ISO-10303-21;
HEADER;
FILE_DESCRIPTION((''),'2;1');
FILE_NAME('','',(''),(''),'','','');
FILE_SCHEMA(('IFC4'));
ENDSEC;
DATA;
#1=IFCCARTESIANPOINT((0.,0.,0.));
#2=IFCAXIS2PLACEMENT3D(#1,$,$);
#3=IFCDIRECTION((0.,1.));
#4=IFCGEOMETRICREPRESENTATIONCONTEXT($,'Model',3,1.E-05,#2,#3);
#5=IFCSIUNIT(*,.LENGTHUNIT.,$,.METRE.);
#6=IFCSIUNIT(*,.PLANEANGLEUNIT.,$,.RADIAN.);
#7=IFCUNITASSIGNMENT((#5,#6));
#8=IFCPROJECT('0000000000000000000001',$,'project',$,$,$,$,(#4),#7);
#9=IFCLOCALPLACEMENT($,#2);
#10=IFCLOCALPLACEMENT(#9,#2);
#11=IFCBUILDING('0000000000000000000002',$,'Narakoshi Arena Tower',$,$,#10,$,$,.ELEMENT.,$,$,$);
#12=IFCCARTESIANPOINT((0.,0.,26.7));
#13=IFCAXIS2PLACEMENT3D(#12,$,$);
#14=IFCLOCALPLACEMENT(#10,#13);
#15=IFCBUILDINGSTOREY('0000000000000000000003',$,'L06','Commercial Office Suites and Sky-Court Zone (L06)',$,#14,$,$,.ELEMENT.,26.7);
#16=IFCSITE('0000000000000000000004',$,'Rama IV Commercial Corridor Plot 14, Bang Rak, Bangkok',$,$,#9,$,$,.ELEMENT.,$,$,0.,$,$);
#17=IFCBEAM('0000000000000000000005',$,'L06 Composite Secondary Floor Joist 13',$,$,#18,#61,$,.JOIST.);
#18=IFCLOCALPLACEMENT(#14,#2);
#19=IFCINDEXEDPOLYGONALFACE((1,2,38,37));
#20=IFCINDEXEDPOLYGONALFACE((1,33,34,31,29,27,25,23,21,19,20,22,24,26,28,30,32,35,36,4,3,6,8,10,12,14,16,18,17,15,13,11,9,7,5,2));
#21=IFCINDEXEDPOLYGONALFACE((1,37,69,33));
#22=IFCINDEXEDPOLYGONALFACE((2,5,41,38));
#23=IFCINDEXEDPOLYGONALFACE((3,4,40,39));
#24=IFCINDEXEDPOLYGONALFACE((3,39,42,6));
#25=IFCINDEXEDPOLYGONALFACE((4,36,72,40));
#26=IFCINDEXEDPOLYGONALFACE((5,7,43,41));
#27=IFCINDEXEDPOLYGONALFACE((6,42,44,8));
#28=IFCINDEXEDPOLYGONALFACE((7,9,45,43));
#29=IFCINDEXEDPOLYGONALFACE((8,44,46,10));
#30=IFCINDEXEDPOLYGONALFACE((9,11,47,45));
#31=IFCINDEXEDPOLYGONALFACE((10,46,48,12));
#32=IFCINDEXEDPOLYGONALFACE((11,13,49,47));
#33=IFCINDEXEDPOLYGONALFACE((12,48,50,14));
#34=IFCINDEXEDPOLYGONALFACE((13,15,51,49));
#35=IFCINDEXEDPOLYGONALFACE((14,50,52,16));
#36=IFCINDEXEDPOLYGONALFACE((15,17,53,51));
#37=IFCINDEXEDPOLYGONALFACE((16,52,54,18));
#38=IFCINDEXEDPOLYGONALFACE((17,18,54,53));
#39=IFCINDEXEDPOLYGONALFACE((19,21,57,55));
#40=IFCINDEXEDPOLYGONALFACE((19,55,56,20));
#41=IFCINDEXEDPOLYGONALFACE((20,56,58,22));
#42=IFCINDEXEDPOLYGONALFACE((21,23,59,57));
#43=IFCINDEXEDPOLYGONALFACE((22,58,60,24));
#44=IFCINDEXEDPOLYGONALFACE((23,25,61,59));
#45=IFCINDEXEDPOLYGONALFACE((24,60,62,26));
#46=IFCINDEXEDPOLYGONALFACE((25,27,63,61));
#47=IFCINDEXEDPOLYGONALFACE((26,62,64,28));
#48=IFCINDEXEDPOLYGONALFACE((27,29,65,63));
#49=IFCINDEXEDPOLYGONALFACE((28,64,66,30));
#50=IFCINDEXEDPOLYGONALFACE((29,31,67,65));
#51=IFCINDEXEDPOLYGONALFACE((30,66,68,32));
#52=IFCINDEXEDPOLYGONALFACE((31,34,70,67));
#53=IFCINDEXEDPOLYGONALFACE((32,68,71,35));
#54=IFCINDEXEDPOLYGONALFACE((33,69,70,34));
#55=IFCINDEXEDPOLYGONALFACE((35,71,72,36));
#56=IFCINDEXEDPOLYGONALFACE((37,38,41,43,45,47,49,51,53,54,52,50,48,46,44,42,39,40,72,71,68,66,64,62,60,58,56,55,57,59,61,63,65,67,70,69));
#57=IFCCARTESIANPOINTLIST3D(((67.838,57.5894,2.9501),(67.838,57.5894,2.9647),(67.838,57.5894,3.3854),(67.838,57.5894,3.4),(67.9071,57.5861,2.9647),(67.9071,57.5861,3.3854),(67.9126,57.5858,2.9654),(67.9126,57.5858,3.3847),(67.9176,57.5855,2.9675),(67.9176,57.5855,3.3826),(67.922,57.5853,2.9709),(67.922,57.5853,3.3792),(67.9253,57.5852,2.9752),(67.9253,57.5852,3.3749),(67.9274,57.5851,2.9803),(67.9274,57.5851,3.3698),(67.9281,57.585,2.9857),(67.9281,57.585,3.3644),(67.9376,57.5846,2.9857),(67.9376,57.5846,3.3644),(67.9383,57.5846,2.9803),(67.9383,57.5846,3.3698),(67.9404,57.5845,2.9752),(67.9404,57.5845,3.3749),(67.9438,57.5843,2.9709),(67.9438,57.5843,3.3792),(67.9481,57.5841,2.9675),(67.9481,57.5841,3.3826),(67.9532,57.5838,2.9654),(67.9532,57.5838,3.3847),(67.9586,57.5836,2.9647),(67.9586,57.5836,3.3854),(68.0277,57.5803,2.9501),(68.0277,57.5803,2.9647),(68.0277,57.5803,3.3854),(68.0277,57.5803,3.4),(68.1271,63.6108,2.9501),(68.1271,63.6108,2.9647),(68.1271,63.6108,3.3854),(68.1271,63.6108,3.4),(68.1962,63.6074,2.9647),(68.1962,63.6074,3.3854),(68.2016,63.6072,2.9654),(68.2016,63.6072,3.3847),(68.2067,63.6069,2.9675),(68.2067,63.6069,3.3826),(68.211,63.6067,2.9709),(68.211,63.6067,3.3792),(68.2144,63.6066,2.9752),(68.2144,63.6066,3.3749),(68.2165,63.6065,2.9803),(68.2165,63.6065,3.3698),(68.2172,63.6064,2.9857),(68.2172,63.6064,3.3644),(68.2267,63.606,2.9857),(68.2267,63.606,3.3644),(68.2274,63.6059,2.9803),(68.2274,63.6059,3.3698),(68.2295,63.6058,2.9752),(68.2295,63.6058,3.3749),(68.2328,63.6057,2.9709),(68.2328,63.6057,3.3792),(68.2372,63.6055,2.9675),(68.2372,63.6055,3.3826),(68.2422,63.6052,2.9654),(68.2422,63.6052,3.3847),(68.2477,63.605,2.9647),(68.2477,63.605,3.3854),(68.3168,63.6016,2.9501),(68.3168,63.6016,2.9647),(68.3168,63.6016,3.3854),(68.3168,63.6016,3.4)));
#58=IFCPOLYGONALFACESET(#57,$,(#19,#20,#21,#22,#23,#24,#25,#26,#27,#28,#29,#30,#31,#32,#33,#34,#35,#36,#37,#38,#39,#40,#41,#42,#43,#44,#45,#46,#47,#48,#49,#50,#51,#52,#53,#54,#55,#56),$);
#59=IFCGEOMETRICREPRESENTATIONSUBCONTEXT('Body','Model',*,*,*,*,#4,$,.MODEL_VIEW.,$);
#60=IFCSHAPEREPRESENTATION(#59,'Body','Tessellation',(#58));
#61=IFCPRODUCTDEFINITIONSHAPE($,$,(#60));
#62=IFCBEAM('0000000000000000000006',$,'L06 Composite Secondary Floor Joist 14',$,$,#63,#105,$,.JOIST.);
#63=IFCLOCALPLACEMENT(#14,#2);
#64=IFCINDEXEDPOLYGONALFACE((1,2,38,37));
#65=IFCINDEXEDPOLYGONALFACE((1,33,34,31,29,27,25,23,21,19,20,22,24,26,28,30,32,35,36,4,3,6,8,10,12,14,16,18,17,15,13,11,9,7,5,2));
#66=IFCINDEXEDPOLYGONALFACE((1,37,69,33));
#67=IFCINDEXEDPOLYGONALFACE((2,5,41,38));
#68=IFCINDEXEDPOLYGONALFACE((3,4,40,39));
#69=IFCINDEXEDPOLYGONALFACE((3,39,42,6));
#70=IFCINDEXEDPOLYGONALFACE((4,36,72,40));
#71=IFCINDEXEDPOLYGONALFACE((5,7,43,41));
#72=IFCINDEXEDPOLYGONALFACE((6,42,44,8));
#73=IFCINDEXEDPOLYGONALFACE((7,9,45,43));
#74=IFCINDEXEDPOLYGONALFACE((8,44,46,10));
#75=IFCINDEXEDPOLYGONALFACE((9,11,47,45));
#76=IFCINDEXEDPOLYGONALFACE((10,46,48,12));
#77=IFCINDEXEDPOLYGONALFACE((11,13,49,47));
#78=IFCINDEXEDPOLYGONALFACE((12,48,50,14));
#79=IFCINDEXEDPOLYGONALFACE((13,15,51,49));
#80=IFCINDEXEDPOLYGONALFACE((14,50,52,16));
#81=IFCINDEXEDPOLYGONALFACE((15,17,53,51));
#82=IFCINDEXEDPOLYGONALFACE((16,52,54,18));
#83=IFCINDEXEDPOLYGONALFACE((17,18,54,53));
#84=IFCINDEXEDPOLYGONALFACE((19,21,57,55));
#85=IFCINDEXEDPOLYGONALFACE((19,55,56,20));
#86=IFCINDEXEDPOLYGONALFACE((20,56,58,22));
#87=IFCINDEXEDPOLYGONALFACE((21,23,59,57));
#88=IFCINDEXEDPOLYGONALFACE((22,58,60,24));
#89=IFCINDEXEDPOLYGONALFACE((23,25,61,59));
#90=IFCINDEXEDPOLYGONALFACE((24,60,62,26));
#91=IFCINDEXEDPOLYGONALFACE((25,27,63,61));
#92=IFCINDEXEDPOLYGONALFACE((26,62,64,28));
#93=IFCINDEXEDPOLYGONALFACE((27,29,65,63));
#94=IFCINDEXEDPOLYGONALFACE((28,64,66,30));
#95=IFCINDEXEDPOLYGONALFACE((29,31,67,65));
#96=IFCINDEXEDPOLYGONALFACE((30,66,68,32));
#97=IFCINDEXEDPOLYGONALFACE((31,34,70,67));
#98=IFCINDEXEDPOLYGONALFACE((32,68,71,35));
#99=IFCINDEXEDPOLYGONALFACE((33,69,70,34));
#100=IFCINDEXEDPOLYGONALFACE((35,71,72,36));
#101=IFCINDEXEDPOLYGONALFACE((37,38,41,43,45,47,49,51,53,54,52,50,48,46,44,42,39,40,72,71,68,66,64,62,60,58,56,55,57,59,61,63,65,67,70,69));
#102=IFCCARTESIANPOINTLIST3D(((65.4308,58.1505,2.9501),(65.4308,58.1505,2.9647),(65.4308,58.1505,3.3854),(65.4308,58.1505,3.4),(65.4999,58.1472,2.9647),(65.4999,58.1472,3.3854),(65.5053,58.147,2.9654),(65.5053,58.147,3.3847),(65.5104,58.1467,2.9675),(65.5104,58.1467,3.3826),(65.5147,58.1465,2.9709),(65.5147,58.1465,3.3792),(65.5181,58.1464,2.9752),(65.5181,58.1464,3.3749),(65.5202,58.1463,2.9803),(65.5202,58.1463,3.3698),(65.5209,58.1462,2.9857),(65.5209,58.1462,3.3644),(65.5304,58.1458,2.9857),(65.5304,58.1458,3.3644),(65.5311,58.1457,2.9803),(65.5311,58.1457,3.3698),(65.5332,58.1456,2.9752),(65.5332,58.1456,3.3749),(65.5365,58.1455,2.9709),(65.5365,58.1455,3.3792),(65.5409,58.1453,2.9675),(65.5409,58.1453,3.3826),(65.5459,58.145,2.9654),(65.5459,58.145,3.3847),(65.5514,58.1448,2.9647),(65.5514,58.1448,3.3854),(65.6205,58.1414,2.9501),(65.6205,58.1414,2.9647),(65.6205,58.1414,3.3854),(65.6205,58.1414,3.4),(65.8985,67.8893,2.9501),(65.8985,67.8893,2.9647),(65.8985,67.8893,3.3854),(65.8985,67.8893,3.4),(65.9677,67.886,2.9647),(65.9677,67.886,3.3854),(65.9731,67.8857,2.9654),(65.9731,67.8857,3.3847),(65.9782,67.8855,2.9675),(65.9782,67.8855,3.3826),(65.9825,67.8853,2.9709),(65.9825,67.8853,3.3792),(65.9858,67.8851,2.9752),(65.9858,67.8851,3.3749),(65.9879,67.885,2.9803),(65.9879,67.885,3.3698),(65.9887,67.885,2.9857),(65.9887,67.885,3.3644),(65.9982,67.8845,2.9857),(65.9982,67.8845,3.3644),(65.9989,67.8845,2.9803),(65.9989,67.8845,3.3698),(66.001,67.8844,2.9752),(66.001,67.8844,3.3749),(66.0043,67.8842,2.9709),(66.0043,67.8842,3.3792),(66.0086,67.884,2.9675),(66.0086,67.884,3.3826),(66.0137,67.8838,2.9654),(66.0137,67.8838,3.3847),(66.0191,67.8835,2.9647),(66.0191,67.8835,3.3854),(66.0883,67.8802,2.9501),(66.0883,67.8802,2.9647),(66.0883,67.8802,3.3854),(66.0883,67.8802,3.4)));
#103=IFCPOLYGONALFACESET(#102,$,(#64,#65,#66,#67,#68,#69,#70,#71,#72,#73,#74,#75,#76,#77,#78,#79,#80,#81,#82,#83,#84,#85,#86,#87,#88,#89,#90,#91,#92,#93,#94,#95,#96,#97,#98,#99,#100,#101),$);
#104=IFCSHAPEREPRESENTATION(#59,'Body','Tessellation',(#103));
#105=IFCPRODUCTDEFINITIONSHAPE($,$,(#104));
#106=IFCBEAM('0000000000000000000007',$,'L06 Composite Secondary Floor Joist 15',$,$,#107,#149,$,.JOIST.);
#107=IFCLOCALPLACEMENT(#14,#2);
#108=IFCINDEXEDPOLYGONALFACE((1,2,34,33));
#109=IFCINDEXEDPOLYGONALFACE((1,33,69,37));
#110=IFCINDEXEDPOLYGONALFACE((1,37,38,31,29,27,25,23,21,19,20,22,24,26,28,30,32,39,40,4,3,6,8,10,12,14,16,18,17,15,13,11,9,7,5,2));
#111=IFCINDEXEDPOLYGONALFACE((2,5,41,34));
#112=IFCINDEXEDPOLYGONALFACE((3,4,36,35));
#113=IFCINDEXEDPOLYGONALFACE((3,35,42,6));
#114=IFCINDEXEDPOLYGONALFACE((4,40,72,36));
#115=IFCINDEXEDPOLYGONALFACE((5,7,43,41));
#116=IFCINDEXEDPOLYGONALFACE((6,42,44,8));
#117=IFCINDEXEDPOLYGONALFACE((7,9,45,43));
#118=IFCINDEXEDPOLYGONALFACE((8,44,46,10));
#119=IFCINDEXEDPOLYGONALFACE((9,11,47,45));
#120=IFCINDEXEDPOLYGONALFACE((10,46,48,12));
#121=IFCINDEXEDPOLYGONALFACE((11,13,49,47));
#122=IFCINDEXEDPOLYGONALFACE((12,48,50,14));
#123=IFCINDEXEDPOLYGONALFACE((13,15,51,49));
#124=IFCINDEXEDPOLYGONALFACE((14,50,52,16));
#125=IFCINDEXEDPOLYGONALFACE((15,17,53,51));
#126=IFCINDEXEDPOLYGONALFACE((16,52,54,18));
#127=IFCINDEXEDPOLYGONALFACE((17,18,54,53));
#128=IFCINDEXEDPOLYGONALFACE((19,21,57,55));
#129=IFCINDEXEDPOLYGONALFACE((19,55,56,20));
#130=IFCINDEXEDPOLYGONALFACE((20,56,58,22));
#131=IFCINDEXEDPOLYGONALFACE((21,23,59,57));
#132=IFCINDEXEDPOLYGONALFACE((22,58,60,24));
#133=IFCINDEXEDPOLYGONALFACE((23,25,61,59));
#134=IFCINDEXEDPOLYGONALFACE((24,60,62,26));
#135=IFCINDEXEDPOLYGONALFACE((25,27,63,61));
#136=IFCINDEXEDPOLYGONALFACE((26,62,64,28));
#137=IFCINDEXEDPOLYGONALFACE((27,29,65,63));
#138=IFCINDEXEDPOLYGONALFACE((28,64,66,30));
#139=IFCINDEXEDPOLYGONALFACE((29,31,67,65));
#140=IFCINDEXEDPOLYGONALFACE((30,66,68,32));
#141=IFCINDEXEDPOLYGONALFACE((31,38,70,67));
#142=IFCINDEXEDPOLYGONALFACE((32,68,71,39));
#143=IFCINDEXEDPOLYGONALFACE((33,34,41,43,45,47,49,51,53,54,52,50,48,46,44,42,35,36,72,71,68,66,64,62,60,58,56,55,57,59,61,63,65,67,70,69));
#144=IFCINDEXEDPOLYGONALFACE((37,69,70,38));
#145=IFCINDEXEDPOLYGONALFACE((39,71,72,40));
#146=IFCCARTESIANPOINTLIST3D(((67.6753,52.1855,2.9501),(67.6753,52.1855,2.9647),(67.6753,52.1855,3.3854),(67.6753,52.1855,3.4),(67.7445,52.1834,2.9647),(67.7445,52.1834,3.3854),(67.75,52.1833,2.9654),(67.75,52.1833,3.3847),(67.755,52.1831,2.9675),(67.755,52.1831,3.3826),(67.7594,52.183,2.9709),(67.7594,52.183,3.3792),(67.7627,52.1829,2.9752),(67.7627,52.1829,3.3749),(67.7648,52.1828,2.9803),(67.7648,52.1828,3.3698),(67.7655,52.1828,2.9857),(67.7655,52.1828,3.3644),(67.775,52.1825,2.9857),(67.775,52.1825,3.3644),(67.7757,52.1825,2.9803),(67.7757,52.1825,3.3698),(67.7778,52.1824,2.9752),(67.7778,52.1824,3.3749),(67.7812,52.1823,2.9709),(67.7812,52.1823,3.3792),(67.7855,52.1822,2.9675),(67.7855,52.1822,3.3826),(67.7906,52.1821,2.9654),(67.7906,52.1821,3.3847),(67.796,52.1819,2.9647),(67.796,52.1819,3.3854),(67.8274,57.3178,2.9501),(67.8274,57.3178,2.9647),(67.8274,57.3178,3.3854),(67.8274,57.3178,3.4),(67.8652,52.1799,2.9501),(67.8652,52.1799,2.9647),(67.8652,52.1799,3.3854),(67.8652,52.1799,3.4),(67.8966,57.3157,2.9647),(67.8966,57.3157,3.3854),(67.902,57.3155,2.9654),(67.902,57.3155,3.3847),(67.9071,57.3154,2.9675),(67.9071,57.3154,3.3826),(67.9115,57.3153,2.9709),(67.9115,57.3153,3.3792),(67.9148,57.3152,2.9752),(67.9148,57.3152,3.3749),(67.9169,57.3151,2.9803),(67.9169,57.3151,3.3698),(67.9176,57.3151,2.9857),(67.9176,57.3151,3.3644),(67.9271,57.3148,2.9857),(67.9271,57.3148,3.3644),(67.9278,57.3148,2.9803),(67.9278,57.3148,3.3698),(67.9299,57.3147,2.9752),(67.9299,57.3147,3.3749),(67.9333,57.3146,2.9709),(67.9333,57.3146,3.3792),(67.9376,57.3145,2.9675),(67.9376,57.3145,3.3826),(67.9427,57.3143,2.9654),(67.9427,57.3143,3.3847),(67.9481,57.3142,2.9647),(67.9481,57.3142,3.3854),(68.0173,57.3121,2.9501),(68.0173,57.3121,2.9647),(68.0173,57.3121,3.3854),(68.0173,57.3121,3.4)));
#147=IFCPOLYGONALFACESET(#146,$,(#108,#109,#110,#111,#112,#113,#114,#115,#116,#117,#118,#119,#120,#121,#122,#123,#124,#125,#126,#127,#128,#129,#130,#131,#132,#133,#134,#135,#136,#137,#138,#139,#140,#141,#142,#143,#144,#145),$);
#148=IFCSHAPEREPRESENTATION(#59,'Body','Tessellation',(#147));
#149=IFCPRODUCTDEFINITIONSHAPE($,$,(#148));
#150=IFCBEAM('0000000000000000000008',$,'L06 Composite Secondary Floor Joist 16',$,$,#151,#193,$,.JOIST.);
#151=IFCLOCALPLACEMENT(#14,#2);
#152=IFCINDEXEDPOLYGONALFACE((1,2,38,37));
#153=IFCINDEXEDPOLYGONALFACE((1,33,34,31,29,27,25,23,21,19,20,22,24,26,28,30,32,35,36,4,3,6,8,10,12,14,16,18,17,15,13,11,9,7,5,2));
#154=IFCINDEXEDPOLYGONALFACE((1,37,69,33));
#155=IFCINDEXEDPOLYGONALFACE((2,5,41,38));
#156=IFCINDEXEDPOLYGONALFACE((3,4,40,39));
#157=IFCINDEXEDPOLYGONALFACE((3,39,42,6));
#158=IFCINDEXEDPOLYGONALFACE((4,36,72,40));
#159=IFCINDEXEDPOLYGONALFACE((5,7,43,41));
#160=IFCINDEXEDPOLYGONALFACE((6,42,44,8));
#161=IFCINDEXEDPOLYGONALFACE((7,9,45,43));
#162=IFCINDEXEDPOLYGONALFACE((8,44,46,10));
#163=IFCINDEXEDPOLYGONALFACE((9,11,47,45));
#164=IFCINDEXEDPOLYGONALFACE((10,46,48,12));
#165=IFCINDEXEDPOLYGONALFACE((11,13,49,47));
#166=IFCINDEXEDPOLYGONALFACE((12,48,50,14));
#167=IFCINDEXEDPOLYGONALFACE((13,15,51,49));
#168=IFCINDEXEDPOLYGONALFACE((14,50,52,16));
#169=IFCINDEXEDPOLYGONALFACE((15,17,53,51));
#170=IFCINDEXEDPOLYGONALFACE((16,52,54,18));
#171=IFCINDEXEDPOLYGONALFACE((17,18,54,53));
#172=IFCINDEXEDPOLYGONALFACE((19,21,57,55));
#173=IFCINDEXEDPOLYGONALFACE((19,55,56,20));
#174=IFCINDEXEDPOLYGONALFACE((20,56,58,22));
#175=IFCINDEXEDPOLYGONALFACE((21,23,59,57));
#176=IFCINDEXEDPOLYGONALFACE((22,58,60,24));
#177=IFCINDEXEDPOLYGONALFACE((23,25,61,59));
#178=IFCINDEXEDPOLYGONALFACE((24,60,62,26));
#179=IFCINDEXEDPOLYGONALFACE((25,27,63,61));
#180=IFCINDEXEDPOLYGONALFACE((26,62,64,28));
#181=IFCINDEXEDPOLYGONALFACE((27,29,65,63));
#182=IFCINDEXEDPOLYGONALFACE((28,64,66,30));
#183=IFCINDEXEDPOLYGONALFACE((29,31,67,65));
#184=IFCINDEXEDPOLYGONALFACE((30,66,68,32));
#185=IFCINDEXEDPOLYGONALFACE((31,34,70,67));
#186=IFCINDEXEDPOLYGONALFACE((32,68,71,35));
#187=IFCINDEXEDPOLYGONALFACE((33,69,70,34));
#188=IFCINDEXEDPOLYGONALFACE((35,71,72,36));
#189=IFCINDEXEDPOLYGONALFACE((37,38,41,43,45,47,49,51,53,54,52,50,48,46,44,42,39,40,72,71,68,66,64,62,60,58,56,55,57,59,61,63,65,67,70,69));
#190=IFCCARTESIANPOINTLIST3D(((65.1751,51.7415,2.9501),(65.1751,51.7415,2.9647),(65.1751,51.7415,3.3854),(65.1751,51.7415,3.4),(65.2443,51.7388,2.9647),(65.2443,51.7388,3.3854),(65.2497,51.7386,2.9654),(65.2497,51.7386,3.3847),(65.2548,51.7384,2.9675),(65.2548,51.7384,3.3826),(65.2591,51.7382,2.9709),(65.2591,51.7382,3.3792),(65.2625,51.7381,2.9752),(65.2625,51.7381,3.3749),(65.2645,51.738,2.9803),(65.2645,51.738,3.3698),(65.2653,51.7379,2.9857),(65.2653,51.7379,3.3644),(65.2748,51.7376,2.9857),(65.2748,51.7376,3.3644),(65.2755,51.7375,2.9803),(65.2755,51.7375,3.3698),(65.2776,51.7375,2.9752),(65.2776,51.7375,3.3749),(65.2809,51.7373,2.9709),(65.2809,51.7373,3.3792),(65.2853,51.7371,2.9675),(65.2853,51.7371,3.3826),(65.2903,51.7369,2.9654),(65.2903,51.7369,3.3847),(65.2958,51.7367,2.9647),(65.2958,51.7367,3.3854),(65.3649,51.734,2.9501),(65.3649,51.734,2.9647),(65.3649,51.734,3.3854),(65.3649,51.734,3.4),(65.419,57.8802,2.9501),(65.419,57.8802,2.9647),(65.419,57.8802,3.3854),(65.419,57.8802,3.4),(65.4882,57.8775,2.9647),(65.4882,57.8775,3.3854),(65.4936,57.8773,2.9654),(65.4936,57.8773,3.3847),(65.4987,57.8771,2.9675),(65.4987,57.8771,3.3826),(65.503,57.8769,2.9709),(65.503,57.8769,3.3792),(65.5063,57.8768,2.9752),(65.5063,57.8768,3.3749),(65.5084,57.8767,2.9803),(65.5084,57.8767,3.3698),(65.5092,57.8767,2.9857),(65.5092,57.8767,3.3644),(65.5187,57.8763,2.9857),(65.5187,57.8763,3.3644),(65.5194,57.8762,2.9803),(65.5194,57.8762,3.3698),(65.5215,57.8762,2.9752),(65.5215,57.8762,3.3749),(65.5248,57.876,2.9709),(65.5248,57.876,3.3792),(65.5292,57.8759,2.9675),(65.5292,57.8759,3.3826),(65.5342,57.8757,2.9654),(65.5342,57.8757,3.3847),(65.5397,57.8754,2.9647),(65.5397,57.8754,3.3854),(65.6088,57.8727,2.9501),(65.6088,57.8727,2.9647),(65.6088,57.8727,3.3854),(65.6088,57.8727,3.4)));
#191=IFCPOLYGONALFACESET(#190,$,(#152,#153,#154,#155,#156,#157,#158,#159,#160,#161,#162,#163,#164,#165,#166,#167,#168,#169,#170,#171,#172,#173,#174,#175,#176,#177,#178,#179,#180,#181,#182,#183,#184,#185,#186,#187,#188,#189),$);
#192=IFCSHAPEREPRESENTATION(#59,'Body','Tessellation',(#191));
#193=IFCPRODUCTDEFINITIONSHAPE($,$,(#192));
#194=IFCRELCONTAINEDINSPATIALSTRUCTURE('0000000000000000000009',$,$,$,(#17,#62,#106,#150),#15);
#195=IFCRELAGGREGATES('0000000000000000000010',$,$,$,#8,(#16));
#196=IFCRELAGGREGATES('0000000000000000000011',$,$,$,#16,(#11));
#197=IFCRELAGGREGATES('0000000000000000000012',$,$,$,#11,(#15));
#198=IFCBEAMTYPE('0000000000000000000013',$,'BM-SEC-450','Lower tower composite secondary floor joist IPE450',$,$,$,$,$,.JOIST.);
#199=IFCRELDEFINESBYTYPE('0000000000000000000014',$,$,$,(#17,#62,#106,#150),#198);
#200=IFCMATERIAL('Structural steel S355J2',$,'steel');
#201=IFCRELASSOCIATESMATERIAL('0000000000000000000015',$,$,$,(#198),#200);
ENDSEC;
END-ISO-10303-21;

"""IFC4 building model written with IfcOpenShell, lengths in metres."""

from ifc_helpers import new_model, si_unit, direction, frame, origin, origin_2d, place, context, subcontext, project, spatial, i_section, extrude, material, material_profile, profile_set, type_object, element, save


model = new_model("IFC4")

# Units and contexts
model_context = context("Model", 3, precision=1e-05, world=origin(), true_north=direction((0.0, 1.0)))
body_context = subcontext(model_context, "Body", "Model", "MODEL_VIEW")
ifc_project = project(units=[si_unit("LENGTHUNIT", "METRE"), si_unit("PLANEANGLEUNIT", "RADIAN")], contexts=[model_context])

# Site, building, storey
site_placement = place(None, origin())
site = spatial("IfcSite", under=ifc_project, at=site_placement, Name="Rama IV Commercial Corridor Plot 14, Bang Rak, Bangkok", CompositionType="ELEMENT", RefElevation=0.0)
building_placement = place(site_placement, origin())
building = spatial("IfcBuilding", under=site, at=building_placement, Name="Narakoshi Arena Tower", CompositionType="ELEMENT")
storey_placement = place(building_placement, frame((0.0, 0.0, 26.7)))
storey = spatial("IfcBuildingStorey", under=building, at=storey_placement, Name="L06", Description="Commercial Office Suites and Sky-Court Zone (L06)", CompositionType="ELEMENT", Elevation=26.7)

# Beams
ifc_material_1 = material(Name="Structural steel S355J2", Category="steel")
ifc_material_profile_1 = material_profile(ifc_material_1, i_section(OverallWidth=0.1899, OverallDepth=0.45, WebThickness=0.0095, FlangeThickness=0.0146, FilletRadius=0.021, at=origin_2d()), Name="IPE450")
ifc_profile_set_1 = profile_set([ifc_material_profile_1], Name="Structural steel S355J2")
beam_type_1 = type_object("IfcBeamType", Name="BM-SEC-450", Description="Lower tower composite secondary floor joist IPE450", PredefinedType="JOIST", material=ifc_profile_set_1)
beam_1_placement = place(storey_placement, frame((68.2219, 63.6062, 3.175), z_axis=(-0.04795, -0.99885, 0.0), x_axis=(0.99885, -0.04795, 0.0)))
element("IfcBeam", 1, at=beam_1_placement, inside=storey, type_object=beam_type_1, Name="L06 Composite Secondary Floor Joist 13", PredefinedType="JOIST", context=body_context, shape_type="SweptSolid", body=[
    extrude(i_section(OverallWidth=0.1899, OverallDepth=0.45, WebThickness=0.0095, FlangeThickness=0.0146, FilletRadius=0.021, at=origin_2d()), origin(), (0.0, 0.0, 1.0), 6.0283),
])
beam_2_placement = place(storey_placement, frame((65.9934, 67.8848, 3.175), z_axis=(-0.047977, -0.998848, 0.0), x_axis=(0.998848, -0.047977, 0.0)))
element("IfcBeam", 2, at=beam_2_placement, inside=storey, type_object=beam_type_1, Name="L06 Composite Secondary Floor Joist 14", PredefinedType="JOIST", context=body_context, shape_type="SweptSolid", body=[
    extrude(i_section(OverallWidth=0.1899, OverallDepth=0.45, WebThickness=0.0095, FlangeThickness=0.0146, FilletRadius=0.021, at=origin_2d()), origin(), (0.0, 0.0, 1.0), 9.75),
])
beam_3_placement = place(storey_placement, frame((67.9224, 57.3149, 3.175), z_axis=(-0.029623, -0.999561, 0.0), x_axis=(0.999561, -0.029623, 0.0)))
element("IfcBeam", 3, at=beam_3_placement, inside=storey, type_object=beam_type_1, Name="L06 Composite Secondary Floor Joist 15", PredefinedType="JOIST", context=body_context, shape_type="SweptSolid", body=[
    extrude(i_section(OverallWidth=0.1899, OverallDepth=0.45, WebThickness=0.0095, FlangeThickness=0.0146, FilletRadius=0.021, at=origin_2d()), origin(), (0.0, 0.0, 1.0), 5.1345),
])
beam_4_placement = place(storey_placement, frame((65.5139, 57.8765, 3.175), z_axis=(-0.0397, -0.999212, 0.0), x_axis=(0.999212, -0.0397, 0.0)))
element("IfcBeam", 4, at=beam_4_placement, inside=storey, type_object=beam_type_1, Name="L06 Composite Secondary Floor Joist 16", PredefinedType="JOIST", context=body_context, shape_type="SweptSolid", body=[
    extrude(i_section(OverallWidth=0.1899, OverallDepth=0.45, WebThickness=0.0095, FlangeThickness=0.0146, FilletRadius=0.021, at=origin_2d()), origin(), (0.0, 0.0, 1.0), 6.1436),
])

save(model, "model.ifc")
